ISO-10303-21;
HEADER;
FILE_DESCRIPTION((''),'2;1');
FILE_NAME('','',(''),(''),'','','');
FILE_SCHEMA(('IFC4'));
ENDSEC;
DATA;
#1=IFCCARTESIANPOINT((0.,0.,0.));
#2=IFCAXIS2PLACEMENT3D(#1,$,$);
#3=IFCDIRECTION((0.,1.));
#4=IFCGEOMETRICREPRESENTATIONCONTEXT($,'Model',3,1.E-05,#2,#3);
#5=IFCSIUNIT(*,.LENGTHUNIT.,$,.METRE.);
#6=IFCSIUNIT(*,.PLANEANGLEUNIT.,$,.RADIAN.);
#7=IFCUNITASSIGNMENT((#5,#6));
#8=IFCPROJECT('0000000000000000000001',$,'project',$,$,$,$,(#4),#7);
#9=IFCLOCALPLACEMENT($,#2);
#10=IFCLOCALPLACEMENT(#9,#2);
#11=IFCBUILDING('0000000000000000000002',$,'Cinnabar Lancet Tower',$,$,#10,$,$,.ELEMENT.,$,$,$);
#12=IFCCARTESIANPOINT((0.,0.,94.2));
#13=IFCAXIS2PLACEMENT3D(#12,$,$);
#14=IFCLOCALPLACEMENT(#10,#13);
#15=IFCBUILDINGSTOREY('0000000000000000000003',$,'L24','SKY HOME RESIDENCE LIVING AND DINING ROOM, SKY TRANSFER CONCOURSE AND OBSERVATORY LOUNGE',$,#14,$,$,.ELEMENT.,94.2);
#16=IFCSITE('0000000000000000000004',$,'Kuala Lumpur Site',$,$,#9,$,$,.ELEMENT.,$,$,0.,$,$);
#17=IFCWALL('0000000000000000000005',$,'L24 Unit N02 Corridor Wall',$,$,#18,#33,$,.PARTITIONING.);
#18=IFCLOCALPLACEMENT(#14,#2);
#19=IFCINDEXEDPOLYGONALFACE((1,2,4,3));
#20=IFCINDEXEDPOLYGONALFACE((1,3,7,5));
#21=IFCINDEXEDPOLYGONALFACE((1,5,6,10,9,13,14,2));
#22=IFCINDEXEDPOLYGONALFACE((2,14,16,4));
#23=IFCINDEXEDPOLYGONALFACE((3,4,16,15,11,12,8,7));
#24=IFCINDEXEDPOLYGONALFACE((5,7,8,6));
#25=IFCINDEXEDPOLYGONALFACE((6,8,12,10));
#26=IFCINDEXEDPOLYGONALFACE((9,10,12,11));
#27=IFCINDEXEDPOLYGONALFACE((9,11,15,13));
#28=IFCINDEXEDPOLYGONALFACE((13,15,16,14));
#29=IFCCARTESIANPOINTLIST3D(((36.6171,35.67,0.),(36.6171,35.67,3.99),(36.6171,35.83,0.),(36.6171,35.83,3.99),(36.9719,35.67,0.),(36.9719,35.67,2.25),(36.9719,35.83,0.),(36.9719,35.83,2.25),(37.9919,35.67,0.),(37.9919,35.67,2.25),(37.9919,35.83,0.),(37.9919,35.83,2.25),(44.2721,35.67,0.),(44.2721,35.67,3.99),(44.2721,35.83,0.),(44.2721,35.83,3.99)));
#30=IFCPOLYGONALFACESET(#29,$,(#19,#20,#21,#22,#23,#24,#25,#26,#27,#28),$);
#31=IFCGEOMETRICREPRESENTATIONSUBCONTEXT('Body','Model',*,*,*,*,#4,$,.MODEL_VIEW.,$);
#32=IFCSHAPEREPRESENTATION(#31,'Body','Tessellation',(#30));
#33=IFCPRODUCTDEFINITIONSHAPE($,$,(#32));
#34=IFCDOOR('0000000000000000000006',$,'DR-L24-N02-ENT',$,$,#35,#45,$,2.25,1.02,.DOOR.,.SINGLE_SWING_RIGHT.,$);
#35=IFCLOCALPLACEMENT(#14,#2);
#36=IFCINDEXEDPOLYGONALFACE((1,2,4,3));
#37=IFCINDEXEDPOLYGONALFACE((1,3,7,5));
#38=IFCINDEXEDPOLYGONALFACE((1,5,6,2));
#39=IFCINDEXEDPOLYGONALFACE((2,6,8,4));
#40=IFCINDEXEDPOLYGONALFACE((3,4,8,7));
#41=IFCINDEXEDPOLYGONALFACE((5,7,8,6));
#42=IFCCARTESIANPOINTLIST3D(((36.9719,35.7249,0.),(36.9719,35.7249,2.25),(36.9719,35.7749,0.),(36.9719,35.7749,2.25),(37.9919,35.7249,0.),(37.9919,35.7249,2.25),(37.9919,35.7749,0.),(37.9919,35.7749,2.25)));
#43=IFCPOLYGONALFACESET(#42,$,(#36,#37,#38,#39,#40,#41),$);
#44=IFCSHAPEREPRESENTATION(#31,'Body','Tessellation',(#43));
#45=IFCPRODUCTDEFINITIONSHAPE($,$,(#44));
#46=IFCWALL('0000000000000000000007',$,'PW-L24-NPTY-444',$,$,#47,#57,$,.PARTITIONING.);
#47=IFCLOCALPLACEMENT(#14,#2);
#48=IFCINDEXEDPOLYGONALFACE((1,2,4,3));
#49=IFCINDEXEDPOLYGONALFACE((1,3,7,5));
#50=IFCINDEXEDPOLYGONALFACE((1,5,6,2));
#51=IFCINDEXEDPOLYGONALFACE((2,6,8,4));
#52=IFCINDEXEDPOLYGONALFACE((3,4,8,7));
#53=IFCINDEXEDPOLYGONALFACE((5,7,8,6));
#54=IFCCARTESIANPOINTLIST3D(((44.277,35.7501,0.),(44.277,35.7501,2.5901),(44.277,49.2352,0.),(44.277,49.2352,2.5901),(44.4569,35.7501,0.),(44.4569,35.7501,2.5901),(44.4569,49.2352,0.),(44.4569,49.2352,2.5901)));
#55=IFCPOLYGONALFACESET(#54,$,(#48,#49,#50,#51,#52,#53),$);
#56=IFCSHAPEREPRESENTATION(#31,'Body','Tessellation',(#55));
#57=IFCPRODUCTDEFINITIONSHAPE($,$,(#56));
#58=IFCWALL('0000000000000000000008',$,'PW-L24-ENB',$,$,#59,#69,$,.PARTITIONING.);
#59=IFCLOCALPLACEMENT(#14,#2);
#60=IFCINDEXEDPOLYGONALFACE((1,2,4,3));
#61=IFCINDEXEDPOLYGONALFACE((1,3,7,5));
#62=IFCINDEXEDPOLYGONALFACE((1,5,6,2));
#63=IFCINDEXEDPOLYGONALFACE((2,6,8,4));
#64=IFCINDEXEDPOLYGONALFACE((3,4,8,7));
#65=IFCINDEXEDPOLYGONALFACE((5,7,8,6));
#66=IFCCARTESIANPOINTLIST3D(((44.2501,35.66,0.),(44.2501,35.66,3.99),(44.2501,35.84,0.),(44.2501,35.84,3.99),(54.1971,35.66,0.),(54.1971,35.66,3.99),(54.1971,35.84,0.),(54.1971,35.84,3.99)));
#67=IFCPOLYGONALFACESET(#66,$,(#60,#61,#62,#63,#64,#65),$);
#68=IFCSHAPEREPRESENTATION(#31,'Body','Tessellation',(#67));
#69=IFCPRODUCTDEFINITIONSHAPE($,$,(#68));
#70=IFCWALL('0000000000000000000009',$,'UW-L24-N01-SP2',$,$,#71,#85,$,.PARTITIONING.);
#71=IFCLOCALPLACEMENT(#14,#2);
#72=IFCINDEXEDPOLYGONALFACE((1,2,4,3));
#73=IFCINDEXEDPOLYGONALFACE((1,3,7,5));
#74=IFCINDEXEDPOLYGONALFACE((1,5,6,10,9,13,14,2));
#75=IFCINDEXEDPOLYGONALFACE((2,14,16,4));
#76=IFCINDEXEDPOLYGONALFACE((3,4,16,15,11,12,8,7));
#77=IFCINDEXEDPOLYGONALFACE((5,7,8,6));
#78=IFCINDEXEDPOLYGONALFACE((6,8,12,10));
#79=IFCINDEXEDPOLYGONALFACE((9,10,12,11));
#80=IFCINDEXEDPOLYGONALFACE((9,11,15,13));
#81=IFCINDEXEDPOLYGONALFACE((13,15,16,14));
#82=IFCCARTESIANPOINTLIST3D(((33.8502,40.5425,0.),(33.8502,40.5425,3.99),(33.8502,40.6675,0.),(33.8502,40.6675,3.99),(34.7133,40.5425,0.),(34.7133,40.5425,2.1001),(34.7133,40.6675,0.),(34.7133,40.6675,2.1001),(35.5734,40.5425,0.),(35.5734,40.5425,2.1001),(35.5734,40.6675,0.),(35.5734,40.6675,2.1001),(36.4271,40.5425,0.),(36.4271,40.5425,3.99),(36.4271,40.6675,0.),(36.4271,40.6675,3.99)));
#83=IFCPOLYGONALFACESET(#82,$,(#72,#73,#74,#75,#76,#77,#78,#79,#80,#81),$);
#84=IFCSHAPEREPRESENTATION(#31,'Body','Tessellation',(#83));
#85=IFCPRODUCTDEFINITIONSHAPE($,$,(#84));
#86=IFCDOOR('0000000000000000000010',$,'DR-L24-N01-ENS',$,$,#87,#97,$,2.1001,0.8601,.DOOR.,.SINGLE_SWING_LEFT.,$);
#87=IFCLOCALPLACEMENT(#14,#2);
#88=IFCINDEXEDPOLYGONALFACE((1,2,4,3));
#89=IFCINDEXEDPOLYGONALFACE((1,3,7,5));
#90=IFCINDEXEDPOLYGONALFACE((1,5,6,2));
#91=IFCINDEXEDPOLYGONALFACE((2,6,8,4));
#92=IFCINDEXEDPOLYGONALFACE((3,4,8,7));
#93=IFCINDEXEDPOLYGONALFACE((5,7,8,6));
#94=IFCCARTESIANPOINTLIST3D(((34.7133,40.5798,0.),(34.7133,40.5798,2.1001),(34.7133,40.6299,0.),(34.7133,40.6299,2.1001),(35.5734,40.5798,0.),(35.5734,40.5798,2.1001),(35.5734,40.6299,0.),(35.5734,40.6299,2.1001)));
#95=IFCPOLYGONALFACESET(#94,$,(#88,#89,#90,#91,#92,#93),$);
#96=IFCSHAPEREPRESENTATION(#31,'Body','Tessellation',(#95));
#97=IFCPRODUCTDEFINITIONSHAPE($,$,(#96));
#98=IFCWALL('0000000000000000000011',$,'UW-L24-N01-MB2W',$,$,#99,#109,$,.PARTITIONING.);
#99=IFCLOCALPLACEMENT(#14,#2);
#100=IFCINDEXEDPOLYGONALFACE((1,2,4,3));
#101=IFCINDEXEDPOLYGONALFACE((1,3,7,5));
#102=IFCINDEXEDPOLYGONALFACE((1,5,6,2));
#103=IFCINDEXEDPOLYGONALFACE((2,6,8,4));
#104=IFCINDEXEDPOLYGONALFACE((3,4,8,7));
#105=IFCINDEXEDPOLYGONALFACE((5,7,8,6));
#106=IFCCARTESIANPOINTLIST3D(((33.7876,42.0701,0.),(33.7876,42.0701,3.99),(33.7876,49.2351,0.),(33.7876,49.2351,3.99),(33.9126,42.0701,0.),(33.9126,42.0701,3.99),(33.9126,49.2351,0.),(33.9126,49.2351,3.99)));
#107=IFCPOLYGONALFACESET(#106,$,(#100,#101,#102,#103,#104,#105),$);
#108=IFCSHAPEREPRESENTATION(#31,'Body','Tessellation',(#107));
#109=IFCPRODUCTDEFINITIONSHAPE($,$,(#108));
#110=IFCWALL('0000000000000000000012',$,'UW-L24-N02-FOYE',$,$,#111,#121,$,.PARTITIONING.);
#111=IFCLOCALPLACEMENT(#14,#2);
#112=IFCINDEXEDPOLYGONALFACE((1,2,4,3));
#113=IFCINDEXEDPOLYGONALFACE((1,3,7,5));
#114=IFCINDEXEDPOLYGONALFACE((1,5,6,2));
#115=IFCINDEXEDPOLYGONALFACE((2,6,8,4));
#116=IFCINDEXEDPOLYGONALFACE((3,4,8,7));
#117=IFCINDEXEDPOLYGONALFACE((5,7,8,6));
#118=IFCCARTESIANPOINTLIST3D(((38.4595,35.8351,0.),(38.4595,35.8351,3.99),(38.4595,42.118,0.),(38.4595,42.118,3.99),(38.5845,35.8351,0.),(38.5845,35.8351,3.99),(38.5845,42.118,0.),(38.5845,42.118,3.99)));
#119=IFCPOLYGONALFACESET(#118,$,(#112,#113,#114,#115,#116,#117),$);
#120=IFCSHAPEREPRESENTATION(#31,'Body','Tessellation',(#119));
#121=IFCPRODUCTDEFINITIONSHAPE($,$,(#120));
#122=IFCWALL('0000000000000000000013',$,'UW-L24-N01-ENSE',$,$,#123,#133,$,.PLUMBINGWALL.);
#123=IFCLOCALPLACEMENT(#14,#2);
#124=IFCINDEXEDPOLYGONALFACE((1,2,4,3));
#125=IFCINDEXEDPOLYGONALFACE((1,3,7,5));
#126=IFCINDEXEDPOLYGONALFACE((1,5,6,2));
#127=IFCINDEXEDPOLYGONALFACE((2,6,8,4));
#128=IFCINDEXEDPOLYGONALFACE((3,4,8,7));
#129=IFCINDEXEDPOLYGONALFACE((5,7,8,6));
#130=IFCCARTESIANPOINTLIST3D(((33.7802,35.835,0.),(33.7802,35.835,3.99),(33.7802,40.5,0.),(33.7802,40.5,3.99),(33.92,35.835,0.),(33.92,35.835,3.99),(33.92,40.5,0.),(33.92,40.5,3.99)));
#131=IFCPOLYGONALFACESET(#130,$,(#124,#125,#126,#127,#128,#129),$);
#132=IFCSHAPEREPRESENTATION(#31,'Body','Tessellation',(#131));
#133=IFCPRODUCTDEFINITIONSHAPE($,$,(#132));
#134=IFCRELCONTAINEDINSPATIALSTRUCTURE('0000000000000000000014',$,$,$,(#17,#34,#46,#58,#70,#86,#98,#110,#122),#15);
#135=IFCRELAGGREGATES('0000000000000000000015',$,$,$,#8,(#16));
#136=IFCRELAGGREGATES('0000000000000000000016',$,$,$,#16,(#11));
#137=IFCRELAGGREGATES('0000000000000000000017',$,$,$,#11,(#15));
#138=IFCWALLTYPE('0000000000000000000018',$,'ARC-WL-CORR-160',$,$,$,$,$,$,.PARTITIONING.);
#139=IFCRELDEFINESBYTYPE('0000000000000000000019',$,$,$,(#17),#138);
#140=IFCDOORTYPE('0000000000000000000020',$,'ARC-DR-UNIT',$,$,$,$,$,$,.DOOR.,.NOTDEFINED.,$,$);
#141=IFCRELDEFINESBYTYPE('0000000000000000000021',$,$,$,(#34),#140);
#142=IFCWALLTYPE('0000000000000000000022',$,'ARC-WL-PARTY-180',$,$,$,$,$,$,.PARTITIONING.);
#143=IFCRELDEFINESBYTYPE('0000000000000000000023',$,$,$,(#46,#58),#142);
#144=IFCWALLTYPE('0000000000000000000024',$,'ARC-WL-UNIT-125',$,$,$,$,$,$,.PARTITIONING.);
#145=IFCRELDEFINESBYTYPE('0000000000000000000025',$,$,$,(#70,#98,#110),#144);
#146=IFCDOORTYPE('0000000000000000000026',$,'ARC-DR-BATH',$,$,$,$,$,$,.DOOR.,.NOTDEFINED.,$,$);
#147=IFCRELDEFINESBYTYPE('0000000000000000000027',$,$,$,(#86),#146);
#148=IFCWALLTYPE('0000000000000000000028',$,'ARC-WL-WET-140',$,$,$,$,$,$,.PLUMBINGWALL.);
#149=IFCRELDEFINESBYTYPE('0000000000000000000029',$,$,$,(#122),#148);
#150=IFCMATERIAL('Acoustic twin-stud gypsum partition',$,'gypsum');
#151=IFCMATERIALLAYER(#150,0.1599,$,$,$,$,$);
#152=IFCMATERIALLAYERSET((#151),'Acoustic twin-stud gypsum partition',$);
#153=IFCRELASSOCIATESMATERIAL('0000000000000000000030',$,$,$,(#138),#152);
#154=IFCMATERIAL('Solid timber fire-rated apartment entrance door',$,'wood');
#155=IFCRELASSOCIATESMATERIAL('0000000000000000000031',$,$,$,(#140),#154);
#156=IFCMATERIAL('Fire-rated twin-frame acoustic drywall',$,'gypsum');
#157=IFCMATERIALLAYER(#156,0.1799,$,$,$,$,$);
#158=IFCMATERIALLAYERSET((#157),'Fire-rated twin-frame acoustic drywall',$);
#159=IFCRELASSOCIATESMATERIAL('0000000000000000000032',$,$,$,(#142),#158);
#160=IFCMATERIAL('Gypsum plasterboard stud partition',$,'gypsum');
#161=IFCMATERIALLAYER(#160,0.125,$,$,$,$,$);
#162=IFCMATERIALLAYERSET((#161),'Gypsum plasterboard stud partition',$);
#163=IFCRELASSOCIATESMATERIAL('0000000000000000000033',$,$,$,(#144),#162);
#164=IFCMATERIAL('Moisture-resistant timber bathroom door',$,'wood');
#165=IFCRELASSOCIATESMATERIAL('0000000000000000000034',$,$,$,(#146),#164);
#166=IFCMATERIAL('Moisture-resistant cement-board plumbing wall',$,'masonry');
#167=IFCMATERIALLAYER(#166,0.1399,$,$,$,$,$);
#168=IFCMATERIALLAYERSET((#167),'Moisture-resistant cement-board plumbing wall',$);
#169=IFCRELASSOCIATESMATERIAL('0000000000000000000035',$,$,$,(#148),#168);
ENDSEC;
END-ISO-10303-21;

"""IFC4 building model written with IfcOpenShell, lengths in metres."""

from ifc_helpers import new_model, si_unit, direction, frame, frame_2d, origin, place, context, subcontext, project, spatial, rectangle, extrude, material, layer, layer_set, type_object, element, fill, save


model = new_model("IFC4")

# Units and contexts
model_context = context("Model", 3, precision=1e-05, world=origin(), true_north=direction((0.0, 1.0)))
body_context = subcontext(model_context, "Body", "Model", "MODEL_VIEW")
ifc_project = project(units=[si_unit("LENGTHUNIT", "METRE"), si_unit("PLANEANGLEUNIT", "RADIAN")], contexts=[model_context])

# Site, building, storey
site_placement = place(None, origin())
site = spatial("IfcSite", under=ifc_project, at=site_placement, Name="Kuala Lumpur Site", CompositionType="ELEMENT", RefElevation=0.0)
building_placement = place(site_placement, origin())
building = spatial("IfcBuilding", under=site, at=building_placement, Name="Cinnabar Lancet Tower", CompositionType="ELEMENT")
storey_placement = place(building_placement, frame((0.0, 0.0, 94.2)))
storey = spatial("IfcBuildingStorey", under=building, at=storey_placement, Name="L24", Description="SKY HOME RESIDENCE LIVING AND DINING ROOM, SKY TRANSFER CONCOURSE AND OBSERVATORY LOUNGE", CompositionType="ELEMENT", Elevation=94.2)

# Wall, opening, door
ifc_material_1 = material(Name="Acoustic twin-stud gypsum partition", Category="gypsum")
ifc_layer_1 = layer(ifc_material_1, 0.1599)
ifc_layer_set_1 = layer_set([ifc_layer_1], Name="Acoustic twin-stud gypsum partition")
wall_type_1 = type_object("IfcWallType", Name="ARC-WL-CORR-160", PredefinedType="PARTITIONING", material=ifc_layer_set_1)
wall_1_placement = place(storey_placement, frame((36.6169, 35.75, 0.0), z_axis=(0.0, 0.0, 1.0), x_axis=(1.0, 0.0, 0.0)))
wall_1 = element("IfcWall", 1, at=wall_1_placement, inside=storey, type_object=wall_type_1, Name="L24 Unit N02 Corridor Wall", PredefinedType="PARTITIONING", context=body_context, shape_type="SweptSolid", body=[
    extrude(rectangle(XDim=7.655, YDim=0.1599, at=frame_2d((3.8276, 0.0))), origin(), (0.0, 0.0, 1.0), 3.99),
])
opening_1_placement = place(wall_1_placement, frame((0.355, 0.0, 0.0)))
opening_1 = element("IfcOpeningElement", 2, at=opening_1_placement, cuts=wall_1, PredefinedType="OPENING", context=body_context, shape_type="SweptSolid", body=[
    extrude(rectangle(XDim=1.02, YDim=2.25, at=frame_2d((0.51, 1.125))), frame((0.0, 0.0898, 0.0), z_axis=(0.0, -1.0, 0.0), x_axis=(1.0, 0.0, 0.0)), (0.0, 0.0, 1.0), 0.1799),
])
ifc_material_2 = material(Name="Solid timber fire-rated apartment entrance door", Category="wood")
door_type_1 = type_object("IfcDoorType", Name="ARC-DR-UNIT", OperationType="NOTDEFINED", PredefinedType="DOOR", material=ifc_material_2)
door_1_placement = place(opening_1_placement, origin())
door_1 = element("IfcDoor", 3, at=door_1_placement, inside=storey, type_object=door_type_1, Name="DR-L24-N02-ENT", OperationType="SINGLE_SWING_RIGHT", OverallHeight=2.25, OverallWidth=1.02, PredefinedType="DOOR", context=body_context, shape_type="SweptSolid", body=[
    extrude(rectangle(XDim=1.02, YDim=2.25, at=frame_2d((0.51, 1.125))), frame((0.0, 0.0249, 0.0), z_axis=(0.0, -1.0, 0.0), x_axis=(1.0, 0.0, 0.0)), (0.0, 0.0, 1.0), 0.05),
])
fill(opening_1, door_1)

# Walls
ifc_material_3 = material(Name="Fire-rated twin-frame acoustic drywall", Category="gypsum")
ifc_layer_2 = layer(ifc_material_3, 0.1799)
ifc_layer_set_2 = layer_set([ifc_layer_2], Name="Fire-rated twin-frame acoustic drywall")
wall_type_2 = type_object("IfcWallType", Name="ARC-WL-PARTY-180", PredefinedType="PARTITIONING", material=ifc_layer_set_2)
wall_2_placement = place(storey_placement, frame((44.3669, 35.75, 0.0), z_axis=(0.0, 0.0, 1.0), x_axis=(0.0, 1.0, 0.0)))
element("IfcWall", 4, at=wall_2_placement, inside=storey, type_object=wall_type_2, Name="PW-L24-NPTY-444", PredefinedType="PARTITIONING", context=body_context, shape_type="SweptSolid", body=[
    extrude(rectangle(XDim=13.4851, YDim=0.1799, at=frame_2d((6.7427, 0.0))), origin(), (0.0, 0.0, 1.0), 2.5901),
])
wall_3_placement = place(storey_placement, frame((44.25, 35.75, 0.0), z_axis=(0.0, 0.0, 1.0), x_axis=(1.0, 0.0, 0.0)))
element("IfcWall", 5, at=wall_3_placement, inside=storey, type_object=wall_type_2, Name="PW-L24-ENB", PredefinedType="PARTITIONING", context=body_context, shape_type="SweptSolid", body=[
    extrude(rectangle(XDim=9.947, YDim=0.1799, at=frame_2d((4.9736, 0.0))), origin(), (0.0, 0.0, 1.0), 3.99),
])

# Wall, opening, door
ifc_material_4 = material(Name="Gypsum plasterboard stud partition", Category="gypsum")
ifc_layer_3 = layer(ifc_material_4, 0.125)
ifc_layer_set_3 = layer_set([ifc_layer_3], Name="Gypsum plasterboard stud partition")
wall_type_3 = type_object("IfcWallType", Name="ARC-WL-UNIT-125", PredefinedType="PARTITIONING", material=ifc_layer_set_3)
wall_4_placement = place(storey_placement, frame((33.8501, 40.605, 0.0), z_axis=(0.0, 0.0, 1.0), x_axis=(1.0, 0.0, 0.0)))
wall_4 = element("IfcWall", 6, at=wall_4_placement, inside=storey, type_object=wall_type_3, Name="UW-L24-N01-SP2", PredefinedType="PARTITIONING", context=body_context, shape_type="SweptSolid", body=[
    extrude(rectangle(XDim=2.5769, YDim=0.125, at=frame_2d((1.2886, 0.0))), origin(), (0.0, 0.0, 1.0), 3.99),
])
opening_2_placement = place(wall_4_placement, frame((0.863, 0.0, 0.0)))
opening_2 = element("IfcOpeningElement", 7, at=opening_2_placement, cuts=wall_4, PredefinedType="OPENING", context=body_context, shape_type="SweptSolid", body=[
    extrude(rectangle(XDim=0.8601, YDim=2.1001, at=frame_2d((0.4302, 1.05))), frame((0.0, 0.0725, 0.0), z_axis=(0.0, -1.0, 0.0), x_axis=(1.0, 0.0, 0.0)), (0.0, 0.0, 1.0), 0.145),
])
ifc_material_5 = material(Name="Moisture-resistant timber bathroom door", Category="wood")
door_type_2 = type_object("IfcDoorType", Name="ARC-DR-BATH", OperationType="NOTDEFINED", PredefinedType="DOOR", material=ifc_material_5)
door_2_placement = place(opening_2_placement, origin())
door_2 = element("IfcDoor", 8, at=door_2_placement, inside=storey, type_object=door_type_2, Name="DR-L24-N01-ENS", OperationType="SINGLE_SWING_LEFT", OverallHeight=2.1001, OverallWidth=0.8601, PredefinedType="DOOR", context=body_context, shape_type="SweptSolid", body=[
    extrude(rectangle(XDim=0.8601, YDim=2.1001, at=frame_2d((0.4302, 1.05))), frame((0.0, 0.0249, 0.0), z_axis=(0.0, -1.0, 0.0), x_axis=(1.0, 0.0, 0.0)), (0.0, 0.0, 1.0), 0.05),
])
fill(opening_2, door_2)

# Walls
wall_5_placement = place(storey_placement, frame((33.8501, 42.0701, 0.0), z_axis=(0.0, 0.0, 1.0), x_axis=(0.0, 1.0, 0.0)))
element("IfcWall", 9, at=wall_5_placement, inside=storey, type_object=wall_type_3, Name="UW-L24-N01-MB2W", PredefinedType="PARTITIONING", context=body_context, shape_type="SweptSolid", body=[
    extrude(rectangle(XDim=7.165, YDim=0.125, at=frame_2d((3.5825, 0.0))), origin(), (0.0, 0.0, 1.0), 3.99),
])
wall_6_placement = place(storey_placement, frame((38.522, 35.835, 0.0), z_axis=(0.0, 0.0, 1.0), x_axis=(0.0, 1.0, 0.0)))
element("IfcWall", 10, at=wall_6_placement, inside=storey, type_object=wall_type_3, Name="UW-L24-N02-FOYE", PredefinedType="PARTITIONING", context=body_context, shape_type="SweptSolid", body=[
    extrude(rectangle(XDim=6.283, YDim=0.125, at=frame_2d((3.1416, 0.0))), origin(), (0.0, 0.0, 1.0), 3.99),
])
ifc_material_6 = material(Name="Moisture-resistant cement-board plumbing wall", Category="masonry")
ifc_layer_4 = layer(ifc_material_6, 0.1399)
ifc_layer_set_4 = layer_set([ifc_layer_4], Name="Moisture-resistant cement-board plumbing wall")
wall_type_4 = type_object("IfcWallType", Name="ARC-WL-WET-140", PredefinedType="PLUMBINGWALL", material=ifc_layer_set_4)
wall_7_placement = place(storey_placement, frame((33.8501, 35.835, 0.0), z_axis=(0.0, 0.0, 1.0), x_axis=(0.0, 1.0, 0.0)))
element("IfcWall", 11, at=wall_7_placement, inside=storey, type_object=wall_type_4, Name="UW-L24-N01-ENSE", PredefinedType="PLUMBINGWALL", context=body_context, shape_type="SweptSolid", body=[
    extrude(rectangle(XDim=4.665, YDim=0.1399, at=frame_2d((2.3325, 0.0))), origin(), (0.0, 0.0, 1.0), 3.99),
])

save(model, "model.ifc")
